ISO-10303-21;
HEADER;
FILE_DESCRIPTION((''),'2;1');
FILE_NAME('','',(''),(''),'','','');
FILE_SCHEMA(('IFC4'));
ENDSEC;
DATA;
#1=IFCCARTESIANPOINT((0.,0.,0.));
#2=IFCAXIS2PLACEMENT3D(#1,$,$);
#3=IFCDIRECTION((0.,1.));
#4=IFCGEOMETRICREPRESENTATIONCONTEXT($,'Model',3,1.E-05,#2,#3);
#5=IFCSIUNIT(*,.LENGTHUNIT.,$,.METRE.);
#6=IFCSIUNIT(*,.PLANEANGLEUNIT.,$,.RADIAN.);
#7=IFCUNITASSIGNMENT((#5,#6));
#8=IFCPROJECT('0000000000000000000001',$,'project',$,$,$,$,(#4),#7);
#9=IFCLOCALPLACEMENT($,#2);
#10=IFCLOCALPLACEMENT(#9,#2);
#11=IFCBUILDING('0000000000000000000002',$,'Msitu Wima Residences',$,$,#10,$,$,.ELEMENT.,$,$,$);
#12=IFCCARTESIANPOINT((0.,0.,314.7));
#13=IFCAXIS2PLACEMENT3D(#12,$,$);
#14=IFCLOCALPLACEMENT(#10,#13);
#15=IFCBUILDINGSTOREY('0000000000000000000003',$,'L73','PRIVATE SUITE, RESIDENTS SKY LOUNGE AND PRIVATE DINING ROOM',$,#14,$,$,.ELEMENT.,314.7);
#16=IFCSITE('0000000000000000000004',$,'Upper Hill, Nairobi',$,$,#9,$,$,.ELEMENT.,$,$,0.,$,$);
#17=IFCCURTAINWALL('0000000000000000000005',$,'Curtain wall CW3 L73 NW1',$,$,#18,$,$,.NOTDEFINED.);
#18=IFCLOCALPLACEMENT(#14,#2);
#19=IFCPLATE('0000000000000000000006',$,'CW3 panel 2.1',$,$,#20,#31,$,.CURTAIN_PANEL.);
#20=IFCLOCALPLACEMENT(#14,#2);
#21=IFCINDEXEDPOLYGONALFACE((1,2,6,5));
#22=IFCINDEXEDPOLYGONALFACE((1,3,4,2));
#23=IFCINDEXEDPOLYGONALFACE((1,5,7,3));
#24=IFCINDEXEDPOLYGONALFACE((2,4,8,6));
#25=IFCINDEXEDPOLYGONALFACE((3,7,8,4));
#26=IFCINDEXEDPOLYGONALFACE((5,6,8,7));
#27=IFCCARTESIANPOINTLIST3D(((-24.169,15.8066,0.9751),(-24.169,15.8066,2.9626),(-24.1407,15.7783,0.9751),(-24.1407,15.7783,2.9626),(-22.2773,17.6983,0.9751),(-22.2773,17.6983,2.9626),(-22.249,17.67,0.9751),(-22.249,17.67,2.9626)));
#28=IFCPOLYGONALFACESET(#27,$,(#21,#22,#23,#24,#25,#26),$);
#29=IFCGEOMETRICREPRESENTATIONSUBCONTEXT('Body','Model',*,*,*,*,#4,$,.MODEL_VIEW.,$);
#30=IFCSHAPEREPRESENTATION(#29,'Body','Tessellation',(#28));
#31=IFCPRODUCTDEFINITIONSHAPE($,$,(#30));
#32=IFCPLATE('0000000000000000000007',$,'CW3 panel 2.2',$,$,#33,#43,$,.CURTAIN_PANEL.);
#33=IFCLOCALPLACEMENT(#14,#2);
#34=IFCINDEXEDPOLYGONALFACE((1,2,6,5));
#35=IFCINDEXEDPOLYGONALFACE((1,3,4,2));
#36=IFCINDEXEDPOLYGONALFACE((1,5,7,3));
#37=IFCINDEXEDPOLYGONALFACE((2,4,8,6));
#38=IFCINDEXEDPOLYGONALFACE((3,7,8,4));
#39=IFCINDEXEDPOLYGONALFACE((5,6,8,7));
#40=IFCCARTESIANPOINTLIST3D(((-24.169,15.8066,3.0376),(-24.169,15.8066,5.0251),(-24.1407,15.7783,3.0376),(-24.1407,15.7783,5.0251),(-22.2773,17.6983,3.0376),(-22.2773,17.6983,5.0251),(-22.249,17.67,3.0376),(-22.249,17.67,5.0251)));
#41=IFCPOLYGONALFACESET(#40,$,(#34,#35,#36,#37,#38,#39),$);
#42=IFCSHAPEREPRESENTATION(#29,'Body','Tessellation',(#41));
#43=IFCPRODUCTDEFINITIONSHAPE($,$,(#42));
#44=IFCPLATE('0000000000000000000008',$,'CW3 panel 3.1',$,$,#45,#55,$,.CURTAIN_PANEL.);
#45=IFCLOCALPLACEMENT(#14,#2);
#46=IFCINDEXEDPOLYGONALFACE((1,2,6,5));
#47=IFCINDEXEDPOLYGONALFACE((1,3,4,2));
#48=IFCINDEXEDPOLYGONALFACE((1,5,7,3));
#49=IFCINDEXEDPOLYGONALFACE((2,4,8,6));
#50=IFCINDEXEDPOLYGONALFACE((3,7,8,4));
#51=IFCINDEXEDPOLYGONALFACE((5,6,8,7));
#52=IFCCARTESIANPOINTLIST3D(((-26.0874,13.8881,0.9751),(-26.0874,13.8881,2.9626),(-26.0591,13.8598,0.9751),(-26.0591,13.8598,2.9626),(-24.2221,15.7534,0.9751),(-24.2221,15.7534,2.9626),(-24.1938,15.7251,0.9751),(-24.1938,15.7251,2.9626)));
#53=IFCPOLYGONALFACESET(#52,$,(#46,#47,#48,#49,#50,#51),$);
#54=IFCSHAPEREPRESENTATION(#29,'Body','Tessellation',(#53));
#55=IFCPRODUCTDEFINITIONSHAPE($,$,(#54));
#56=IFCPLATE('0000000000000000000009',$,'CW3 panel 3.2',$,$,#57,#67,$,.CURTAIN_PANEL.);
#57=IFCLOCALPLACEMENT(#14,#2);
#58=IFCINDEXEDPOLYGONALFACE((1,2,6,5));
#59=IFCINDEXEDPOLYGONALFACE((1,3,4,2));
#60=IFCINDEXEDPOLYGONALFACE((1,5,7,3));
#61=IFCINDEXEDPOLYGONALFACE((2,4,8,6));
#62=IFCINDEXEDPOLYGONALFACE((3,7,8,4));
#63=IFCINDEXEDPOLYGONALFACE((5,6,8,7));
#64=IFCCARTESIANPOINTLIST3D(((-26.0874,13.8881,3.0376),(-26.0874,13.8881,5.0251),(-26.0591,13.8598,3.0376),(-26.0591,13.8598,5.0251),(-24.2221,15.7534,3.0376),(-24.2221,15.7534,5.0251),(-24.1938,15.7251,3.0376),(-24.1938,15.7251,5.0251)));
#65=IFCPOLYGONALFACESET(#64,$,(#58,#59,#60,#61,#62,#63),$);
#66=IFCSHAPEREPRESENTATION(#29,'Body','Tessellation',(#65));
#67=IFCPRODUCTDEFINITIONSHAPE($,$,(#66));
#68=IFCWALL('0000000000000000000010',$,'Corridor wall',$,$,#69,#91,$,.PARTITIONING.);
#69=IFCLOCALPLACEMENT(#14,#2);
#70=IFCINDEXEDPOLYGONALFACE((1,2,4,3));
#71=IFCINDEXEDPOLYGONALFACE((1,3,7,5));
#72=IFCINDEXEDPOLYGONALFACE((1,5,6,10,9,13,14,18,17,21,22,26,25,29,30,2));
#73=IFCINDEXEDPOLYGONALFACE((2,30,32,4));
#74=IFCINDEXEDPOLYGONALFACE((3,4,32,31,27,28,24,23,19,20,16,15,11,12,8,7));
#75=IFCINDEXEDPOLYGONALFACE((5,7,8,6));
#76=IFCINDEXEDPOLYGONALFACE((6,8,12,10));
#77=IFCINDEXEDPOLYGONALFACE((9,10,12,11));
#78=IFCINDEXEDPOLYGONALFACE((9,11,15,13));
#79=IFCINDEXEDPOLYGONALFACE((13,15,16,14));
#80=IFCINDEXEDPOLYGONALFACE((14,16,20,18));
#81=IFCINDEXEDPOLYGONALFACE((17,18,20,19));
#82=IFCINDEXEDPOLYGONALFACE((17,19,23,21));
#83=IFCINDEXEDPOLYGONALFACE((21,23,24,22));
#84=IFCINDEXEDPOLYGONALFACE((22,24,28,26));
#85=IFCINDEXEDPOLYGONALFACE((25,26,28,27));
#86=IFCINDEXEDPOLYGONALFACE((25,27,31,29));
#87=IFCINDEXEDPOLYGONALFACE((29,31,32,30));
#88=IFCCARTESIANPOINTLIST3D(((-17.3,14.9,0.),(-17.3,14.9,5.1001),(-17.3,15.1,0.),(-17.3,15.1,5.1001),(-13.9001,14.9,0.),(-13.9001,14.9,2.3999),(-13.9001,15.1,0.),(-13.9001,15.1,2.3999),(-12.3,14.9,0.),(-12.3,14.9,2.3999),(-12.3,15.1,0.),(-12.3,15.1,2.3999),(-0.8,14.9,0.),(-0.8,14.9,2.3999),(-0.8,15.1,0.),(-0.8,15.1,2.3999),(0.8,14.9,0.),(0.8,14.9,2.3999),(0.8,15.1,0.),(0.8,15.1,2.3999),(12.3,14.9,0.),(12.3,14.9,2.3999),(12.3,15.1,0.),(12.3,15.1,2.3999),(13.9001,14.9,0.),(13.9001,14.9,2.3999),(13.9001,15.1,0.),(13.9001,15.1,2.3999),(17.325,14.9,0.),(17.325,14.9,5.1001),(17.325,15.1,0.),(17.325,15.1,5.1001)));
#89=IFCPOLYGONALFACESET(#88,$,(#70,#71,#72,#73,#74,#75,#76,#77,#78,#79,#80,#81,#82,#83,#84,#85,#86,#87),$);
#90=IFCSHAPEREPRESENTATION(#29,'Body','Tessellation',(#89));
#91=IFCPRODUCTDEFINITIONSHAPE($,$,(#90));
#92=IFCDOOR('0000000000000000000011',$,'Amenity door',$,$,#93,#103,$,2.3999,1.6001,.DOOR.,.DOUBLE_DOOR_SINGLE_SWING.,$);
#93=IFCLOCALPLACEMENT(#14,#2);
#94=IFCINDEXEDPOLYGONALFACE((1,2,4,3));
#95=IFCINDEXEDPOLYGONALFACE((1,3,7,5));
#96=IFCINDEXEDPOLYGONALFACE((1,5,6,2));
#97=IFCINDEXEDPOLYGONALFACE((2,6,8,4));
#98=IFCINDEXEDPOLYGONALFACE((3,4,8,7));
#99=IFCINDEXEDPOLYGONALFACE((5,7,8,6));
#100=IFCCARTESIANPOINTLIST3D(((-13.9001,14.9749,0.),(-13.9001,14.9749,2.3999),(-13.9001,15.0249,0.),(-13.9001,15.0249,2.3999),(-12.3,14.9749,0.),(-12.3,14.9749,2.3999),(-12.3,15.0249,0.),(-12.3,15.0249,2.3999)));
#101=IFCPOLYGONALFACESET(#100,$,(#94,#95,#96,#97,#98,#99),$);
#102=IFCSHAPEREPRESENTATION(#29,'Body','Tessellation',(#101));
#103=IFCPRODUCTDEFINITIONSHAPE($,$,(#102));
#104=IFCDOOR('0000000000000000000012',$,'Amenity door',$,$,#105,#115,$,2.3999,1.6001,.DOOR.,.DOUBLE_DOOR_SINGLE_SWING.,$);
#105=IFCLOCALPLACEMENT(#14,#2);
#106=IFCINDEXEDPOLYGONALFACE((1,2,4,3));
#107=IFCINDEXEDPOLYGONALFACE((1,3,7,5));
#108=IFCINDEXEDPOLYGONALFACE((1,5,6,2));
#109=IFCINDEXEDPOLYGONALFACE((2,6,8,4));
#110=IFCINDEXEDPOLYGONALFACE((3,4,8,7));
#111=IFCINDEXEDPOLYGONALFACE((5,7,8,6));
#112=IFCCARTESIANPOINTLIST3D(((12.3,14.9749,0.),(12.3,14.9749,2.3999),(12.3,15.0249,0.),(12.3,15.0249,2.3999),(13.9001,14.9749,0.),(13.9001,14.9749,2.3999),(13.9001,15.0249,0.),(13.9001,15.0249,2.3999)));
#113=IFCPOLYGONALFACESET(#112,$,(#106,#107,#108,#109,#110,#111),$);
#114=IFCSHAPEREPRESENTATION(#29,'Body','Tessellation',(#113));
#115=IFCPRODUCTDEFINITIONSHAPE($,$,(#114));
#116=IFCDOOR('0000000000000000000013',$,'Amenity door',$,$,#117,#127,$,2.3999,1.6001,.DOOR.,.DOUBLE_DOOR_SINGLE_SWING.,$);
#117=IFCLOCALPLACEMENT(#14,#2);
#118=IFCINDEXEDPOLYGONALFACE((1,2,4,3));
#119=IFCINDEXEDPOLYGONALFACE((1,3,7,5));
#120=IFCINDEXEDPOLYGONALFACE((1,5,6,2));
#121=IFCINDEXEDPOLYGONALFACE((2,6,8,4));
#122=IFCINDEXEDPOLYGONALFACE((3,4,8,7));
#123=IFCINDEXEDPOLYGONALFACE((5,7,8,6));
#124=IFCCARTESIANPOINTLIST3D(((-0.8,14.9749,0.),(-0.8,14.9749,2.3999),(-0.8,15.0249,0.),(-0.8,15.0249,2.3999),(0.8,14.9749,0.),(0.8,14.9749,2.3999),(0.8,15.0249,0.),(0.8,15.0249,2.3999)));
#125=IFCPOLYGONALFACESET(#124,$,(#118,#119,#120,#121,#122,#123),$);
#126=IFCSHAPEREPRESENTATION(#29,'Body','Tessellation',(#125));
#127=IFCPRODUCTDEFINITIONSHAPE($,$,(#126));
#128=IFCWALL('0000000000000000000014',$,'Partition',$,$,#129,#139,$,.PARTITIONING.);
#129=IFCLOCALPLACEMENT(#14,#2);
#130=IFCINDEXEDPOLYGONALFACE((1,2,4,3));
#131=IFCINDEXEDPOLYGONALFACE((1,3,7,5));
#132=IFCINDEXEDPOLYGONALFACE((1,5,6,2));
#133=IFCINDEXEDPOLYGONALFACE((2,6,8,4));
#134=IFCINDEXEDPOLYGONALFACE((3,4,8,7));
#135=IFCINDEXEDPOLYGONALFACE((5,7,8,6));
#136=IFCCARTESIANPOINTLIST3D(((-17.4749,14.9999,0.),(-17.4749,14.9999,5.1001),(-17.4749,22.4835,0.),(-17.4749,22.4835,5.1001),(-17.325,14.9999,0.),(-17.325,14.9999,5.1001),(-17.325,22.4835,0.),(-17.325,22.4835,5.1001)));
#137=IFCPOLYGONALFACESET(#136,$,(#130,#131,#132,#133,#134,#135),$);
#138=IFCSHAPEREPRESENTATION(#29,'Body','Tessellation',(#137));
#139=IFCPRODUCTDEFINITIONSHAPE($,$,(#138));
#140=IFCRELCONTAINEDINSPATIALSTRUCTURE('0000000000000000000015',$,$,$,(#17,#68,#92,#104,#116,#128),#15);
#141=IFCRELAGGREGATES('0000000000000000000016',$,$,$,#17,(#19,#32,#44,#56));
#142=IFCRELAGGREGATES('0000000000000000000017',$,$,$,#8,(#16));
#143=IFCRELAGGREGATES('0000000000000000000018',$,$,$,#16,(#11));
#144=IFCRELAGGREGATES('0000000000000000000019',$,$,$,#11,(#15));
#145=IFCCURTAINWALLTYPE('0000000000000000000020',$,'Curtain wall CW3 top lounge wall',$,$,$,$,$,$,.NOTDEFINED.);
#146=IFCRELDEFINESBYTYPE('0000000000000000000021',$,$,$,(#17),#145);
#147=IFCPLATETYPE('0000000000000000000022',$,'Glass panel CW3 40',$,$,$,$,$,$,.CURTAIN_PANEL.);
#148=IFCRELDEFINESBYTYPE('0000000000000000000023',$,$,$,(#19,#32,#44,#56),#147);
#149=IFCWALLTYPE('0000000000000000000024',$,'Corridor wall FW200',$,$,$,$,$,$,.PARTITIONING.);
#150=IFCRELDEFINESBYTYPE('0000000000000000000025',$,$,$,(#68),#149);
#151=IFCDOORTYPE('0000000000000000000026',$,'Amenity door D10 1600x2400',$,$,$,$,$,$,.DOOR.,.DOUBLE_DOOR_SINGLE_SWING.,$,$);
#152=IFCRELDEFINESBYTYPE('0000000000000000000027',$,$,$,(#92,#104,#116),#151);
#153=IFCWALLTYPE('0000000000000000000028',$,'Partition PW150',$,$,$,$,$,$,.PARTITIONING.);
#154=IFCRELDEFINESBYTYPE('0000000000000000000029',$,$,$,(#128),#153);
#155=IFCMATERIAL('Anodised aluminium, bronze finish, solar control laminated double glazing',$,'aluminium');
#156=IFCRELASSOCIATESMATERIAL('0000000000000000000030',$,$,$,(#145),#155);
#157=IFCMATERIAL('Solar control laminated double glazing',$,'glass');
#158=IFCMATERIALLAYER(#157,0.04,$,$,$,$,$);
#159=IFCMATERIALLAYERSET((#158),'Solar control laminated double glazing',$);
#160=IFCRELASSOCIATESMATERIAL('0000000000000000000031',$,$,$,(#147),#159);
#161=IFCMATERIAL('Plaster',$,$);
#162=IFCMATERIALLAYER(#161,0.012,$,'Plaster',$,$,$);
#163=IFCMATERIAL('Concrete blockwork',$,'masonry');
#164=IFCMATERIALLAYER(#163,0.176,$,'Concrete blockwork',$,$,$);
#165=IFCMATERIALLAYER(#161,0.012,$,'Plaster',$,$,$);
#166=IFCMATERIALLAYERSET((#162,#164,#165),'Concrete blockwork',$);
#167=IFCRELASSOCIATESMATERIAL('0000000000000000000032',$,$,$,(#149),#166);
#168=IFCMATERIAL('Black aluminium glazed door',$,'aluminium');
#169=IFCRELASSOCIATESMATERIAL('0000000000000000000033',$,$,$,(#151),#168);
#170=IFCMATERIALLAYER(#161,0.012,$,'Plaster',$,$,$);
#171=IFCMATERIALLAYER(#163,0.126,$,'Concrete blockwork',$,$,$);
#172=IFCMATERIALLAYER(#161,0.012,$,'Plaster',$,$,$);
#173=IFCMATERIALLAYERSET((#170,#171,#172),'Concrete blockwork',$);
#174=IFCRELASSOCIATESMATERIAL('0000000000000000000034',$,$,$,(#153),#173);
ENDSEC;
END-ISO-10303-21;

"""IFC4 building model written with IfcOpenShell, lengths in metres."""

from ifc_helpers import new_model, si_unit, direction, frame, frame_2d, origin, origin_2d, place, context, subcontext, project, spatial, rectangle, extrude, material, layer, layer_set, type_object, element, fill, aggregate, save


model = new_model("IFC4")

# Units and contexts
model_context = context("Model", 3, precision=1e-05, world=origin(), true_north=direction((0.0, 1.0)))
body_context = subcontext(model_context, "Body", "Model", "MODEL_VIEW")
ifc_project = project(units=[si_unit("LENGTHUNIT", "METRE"), si_unit("PLANEANGLEUNIT", "RADIAN")], contexts=[model_context])

# Site, building, storey
site_placement = place(None, origin())
site = spatial("IfcSite", under=ifc_project, at=site_placement, Name="Upper Hill, Nairobi", CompositionType="ELEMENT", RefElevation=0.0)
building_placement = place(site_placement, origin())
building = spatial("IfcBuilding", under=site, at=building_placement, Name="Msitu Wima Residences", CompositionType="ELEMENT")
storey_placement = place(building_placement, frame((0.0, 0.0, 314.7)))
storey = spatial("IfcBuildingStorey", under=building, at=storey_placement, Name="L73", Description="PRIVATE SUITE, RESIDENTS SKY LOUNGE AND PRIVATE DINING ROOM", CompositionType="ELEMENT", Elevation=314.7)

# Curtain wall
ifc_material_1 = material(Name="Anodised aluminium, bronze finish, solar control laminated double glazing", Category="aluminium")
curtain_wall_type = type_object("IfcCurtainWallType", Name="Curtain wall CW3 top lounge wall", PredefinedType="NOTDEFINED", material=ifc_material_1)
curtain_wall_1_placement = place(storey_placement, origin())
curtain_wall_1 = element("IfcCurtainWall", 1, at=curtain_wall_1_placement, inside=storey, type_object=curtain_wall_type, Name="Curtain wall CW3 L73 NW1", PredefinedType="NOTDEFINED")

# Plates
ifc_material_2 = material(Name="Solar control laminated double glazing", Category="glass")
ifc_layer_1 = layer(ifc_material_2, 0.04)
ifc_layer_set_1 = layer_set([ifc_layer_1], Name="Solar control laminated double glazing")
plate_type = type_object("IfcPlateType", Name="Glass panel CW3 40", PredefinedType="CURTAIN_PANEL", material=ifc_layer_set_1)
plate_1_placement = place(storey_placement, frame((-23.209, 16.7383, 0.9751), z_axis=(0.0, 0.0, 1.0), x_axis=(-0.707107, -0.707107, 0.0)))
plate_1 = element("IfcPlate", 2, at=plate_1_placement, type_object=plate_type, Name="CW3 panel 2.1", PredefinedType="CURTAIN_PANEL", context=body_context, shape_type="SweptSolid", body=[
    extrude(rectangle(XDim=2.6753, YDim=0.04, at=origin_2d()), origin(), (0.0, 0.0, 1.0), 1.9875),
])
plate_2_placement = place(storey_placement, frame((-23.209, 16.7383, 3.0376), z_axis=(0.0, 0.0, 1.0), x_axis=(-0.707107, -0.707107, 0.0)))
plate_2 = element("IfcPlate", 3, at=plate_2_placement, type_object=plate_type, Name="CW3 panel 2.2", PredefinedType="CURTAIN_PANEL", context=body_context, shape_type="SweptSolid", body=[
    extrude(rectangle(XDim=2.6753, YDim=0.04, at=origin_2d()), origin(), (0.0, 0.0, 1.0), 1.9875),
])
plate_3_placement = place(storey_placement, frame((-25.1406, 14.8066, 0.9751), z_axis=(0.0, 0.0, 1.0), x_axis=(-0.707107, -0.707107, 0.0)))
plate_3 = element("IfcPlate", 4, at=plate_3_placement, type_object=plate_type, Name="CW3 panel 3.1", PredefinedType="CURTAIN_PANEL", context=body_context, shape_type="SweptSolid", body=[
    extrude(rectangle(XDim=2.6379, YDim=0.04, at=origin_2d()), origin(), (0.0, 0.0, 1.0), 1.9875),
])
plate_4_placement = place(storey_placement, frame((-25.1406, 14.8066, 3.0376), z_axis=(0.0, 0.0, 1.0), x_axis=(-0.707107, -0.707107, 0.0)))
plate_4 = element("IfcPlate", 5, at=plate_4_placement, type_object=plate_type, Name="CW3 panel 3.2", PredefinedType="CURTAIN_PANEL", context=body_context, shape_type="SweptSolid", body=[
    extrude(rectangle(XDim=2.6379, YDim=0.04, at=origin_2d()), origin(), (0.0, 0.0, 1.0), 1.9875),
])
aggregate(curtain_wall_1, [plate_1, plate_2, plate_3, plate_4])

# Wall, openings, doors
ifc_material_3 = material(Name="Plaster")
ifc_layer_2 = layer(ifc_material_3, 0.012, Name="Plaster")
ifc_material_4 = material(Name="Concrete blockwork", Category="masonry")
ifc_layer_3 = layer(ifc_material_4, 0.176, Name="Concrete blockwork")
ifc_layer_4 = layer(ifc_material_3, 0.012, Name="Plaster")
ifc_layer_set_2 = layer_set([ifc_layer_2, ifc_layer_3, ifc_layer_4], Name="Concrete blockwork")
wall_type_1 = type_object("IfcWallType", Name="Corridor wall FW200", PredefinedType="PARTITIONING", material=ifc_layer_set_2)
wall_1_placement = place(storey_placement, frame((-17.3, 15.0, 0.0), z_axis=(0.0, 0.0, 1.0), x_axis=(1.0, 0.0, 0.0)))
wall_1 = element("IfcWall", 6, at=wall_1_placement, inside=storey, type_object=wall_type_1, Name="Corridor wall", PredefinedType="PARTITIONING", context=body_context, shape_type="SweptSolid", body=[
    extrude(rectangle(XDim=34.625, YDim=0.2, at=frame_2d((17.3125, 0.0))), origin(), (0.0, 0.0, 1.0), 5.1001),
])
opening_1_placement = place(wall_1_placement, frame((3.3999, 0.0, 0.0)))
opening_1 = element("IfcOpeningElement", 7, at=opening_1_placement, cuts=wall_1, PredefinedType="OPENING", context=body_context, shape_type="SweptSolid", body=[
    extrude(rectangle(XDim=1.6001, YDim=2.3999, at=frame_2d((0.8, 1.2))), frame((0.0, 0.1099, 0.0), z_axis=(0.0, -1.0, 0.0), x_axis=(1.0, 0.0, 0.0)), (0.0, 0.0, 1.0), 0.22),
])
opening_2_placement = place(wall_1_placement, frame((29.6001, 0.0, 0.0)))
opening_2 = element("IfcOpeningElement", 8, at=opening_2_placement, cuts=wall_1, PredefinedType="OPENING", context=body_context, shape_type="SweptSolid", body=[
    extrude(rectangle(XDim=1.6001, YDim=2.3999, at=frame_2d((0.8, 1.2))), frame((0.0, 0.1099, 0.0), z_axis=(0.0, -1.0, 0.0), x_axis=(1.0, 0.0, 0.0)), (0.0, 0.0, 1.0), 0.22),
])
opening_3_placement = place(wall_1_placement, frame((16.5, 0.0, 0.0)))
opening_3 = element("IfcOpeningElement", 9, at=opening_3_placement, cuts=wall_1, PredefinedType="OPENING", context=body_context, shape_type="SweptSolid", body=[
    extrude(rectangle(XDim=1.6001, YDim=2.3999, at=frame_2d((0.8, 1.2))), frame((0.0, 0.1099, 0.0), z_axis=(0.0, -1.0, 0.0), x_axis=(1.0, 0.0, 0.0)), (0.0, 0.0, 1.0), 0.22),
])
ifc_material_5 = material(Name="Black aluminium glazed door", Category="aluminium")
door_type = type_object("IfcDoorType", Name="Amenity door D10 1600x2400", OperationType="DOUBLE_DOOR_SINGLE_SWING", PredefinedType="DOOR", material=ifc_material_5)
door_1_placement = place(opening_1_placement, origin())
door_1 = element("IfcDoor", 10, at=door_1_placement, inside=storey, type_object=door_type, Name="Amenity door", OperationType="DOUBLE_DOOR_SINGLE_SWING", OverallHeight=2.3999, OverallWidth=1.6001, PredefinedType="DOOR", context=body_context, shape_type="SweptSolid", body=[
    extrude(rectangle(XDim=1.6001, YDim=2.3999, at=frame_2d((0.8, 1.2))), frame((0.0, 0.0249, 0.0), z_axis=(0.0, -1.0, 0.0), x_axis=(1.0, 0.0, 0.0)), (0.0, 0.0, 1.0), 0.05),
])
fill(opening_1, door_1)
door_2_placement = place(opening_2_placement, origin())
door_2 = element("IfcDoor", 11, at=door_2_placement, inside=storey, type_object=door_type, Name="Amenity door", OperationType="DOUBLE_DOOR_SINGLE_SWING", OverallHeight=2.3999, OverallWidth=1.6001, PredefinedType="DOOR", context=body_context, shape_type="SweptSolid", body=[
    extrude(rectangle(XDim=1.6001, YDim=2.3999, at=frame_2d((0.8, 1.2))), frame((0.0, 0.0249, 0.0), z_axis=(0.0, -1.0, 0.0), x_axis=(1.0, 0.0, 0.0)), (0.0, 0.0, 1.0), 0.05),
])
fill(opening_2, door_2)
door_3_placement = place(opening_3_placement, origin())
door_3 = element("IfcDoor", 12, at=door_3_placement, inside=storey, type_object=door_type, Name="Amenity door", OperationType="DOUBLE_DOOR_SINGLE_SWING", OverallHeight=2.3999, OverallWidth=1.6001, PredefinedType="DOOR", context=body_context, shape_type="SweptSolid", body=[
    extrude(rectangle(XDim=1.6001, YDim=2.3999, at=frame_2d((0.8, 1.2))), frame((0.0, 0.0249, 0.0), z_axis=(0.0, -1.0, 0.0), x_axis=(1.0, 0.0, 0.0)), (0.0, 0.0, 1.0), 0.05),
])
fill(opening_3, door_3)

# Wall
ifc_layer_5 = layer(ifc_material_3, 0.012, Name="Plaster")
ifc_layer_6 = layer(ifc_material_4, 0.126, Name="Concrete blockwork")
ifc_layer_7 = layer(ifc_material_3, 0.012, Name="Plaster")
ifc_layer_set_3 = layer_set([ifc_layer_5, ifc_layer_6, ifc_layer_7], Name="Concrete blockwork")
wall_type_2 = type_object("IfcWallType", Name="Partition PW150", PredefinedType="PARTITIONING", material=ifc_layer_set_3)
wall_2_placement = place(storey_placement, frame((-17.3999, 15.0, 0.0), z_axis=(0.0, 0.0, 1.0), x_axis=(0.0, 1.0, 0.0)))
element("IfcWall", 13, at=wall_2_placement, inside=storey, type_object=wall_type_2, Name="Partition", PredefinedType="PARTITIONING", context=body_context, shape_type="SweptSolid", body=[
    extrude(rectangle(XDim=7.4836, YDim=0.1499, at=frame_2d((3.7417, 0.0))), origin(), (0.0, 0.0, 1.0), 5.1001),
])

save(model, "model.ifc")
